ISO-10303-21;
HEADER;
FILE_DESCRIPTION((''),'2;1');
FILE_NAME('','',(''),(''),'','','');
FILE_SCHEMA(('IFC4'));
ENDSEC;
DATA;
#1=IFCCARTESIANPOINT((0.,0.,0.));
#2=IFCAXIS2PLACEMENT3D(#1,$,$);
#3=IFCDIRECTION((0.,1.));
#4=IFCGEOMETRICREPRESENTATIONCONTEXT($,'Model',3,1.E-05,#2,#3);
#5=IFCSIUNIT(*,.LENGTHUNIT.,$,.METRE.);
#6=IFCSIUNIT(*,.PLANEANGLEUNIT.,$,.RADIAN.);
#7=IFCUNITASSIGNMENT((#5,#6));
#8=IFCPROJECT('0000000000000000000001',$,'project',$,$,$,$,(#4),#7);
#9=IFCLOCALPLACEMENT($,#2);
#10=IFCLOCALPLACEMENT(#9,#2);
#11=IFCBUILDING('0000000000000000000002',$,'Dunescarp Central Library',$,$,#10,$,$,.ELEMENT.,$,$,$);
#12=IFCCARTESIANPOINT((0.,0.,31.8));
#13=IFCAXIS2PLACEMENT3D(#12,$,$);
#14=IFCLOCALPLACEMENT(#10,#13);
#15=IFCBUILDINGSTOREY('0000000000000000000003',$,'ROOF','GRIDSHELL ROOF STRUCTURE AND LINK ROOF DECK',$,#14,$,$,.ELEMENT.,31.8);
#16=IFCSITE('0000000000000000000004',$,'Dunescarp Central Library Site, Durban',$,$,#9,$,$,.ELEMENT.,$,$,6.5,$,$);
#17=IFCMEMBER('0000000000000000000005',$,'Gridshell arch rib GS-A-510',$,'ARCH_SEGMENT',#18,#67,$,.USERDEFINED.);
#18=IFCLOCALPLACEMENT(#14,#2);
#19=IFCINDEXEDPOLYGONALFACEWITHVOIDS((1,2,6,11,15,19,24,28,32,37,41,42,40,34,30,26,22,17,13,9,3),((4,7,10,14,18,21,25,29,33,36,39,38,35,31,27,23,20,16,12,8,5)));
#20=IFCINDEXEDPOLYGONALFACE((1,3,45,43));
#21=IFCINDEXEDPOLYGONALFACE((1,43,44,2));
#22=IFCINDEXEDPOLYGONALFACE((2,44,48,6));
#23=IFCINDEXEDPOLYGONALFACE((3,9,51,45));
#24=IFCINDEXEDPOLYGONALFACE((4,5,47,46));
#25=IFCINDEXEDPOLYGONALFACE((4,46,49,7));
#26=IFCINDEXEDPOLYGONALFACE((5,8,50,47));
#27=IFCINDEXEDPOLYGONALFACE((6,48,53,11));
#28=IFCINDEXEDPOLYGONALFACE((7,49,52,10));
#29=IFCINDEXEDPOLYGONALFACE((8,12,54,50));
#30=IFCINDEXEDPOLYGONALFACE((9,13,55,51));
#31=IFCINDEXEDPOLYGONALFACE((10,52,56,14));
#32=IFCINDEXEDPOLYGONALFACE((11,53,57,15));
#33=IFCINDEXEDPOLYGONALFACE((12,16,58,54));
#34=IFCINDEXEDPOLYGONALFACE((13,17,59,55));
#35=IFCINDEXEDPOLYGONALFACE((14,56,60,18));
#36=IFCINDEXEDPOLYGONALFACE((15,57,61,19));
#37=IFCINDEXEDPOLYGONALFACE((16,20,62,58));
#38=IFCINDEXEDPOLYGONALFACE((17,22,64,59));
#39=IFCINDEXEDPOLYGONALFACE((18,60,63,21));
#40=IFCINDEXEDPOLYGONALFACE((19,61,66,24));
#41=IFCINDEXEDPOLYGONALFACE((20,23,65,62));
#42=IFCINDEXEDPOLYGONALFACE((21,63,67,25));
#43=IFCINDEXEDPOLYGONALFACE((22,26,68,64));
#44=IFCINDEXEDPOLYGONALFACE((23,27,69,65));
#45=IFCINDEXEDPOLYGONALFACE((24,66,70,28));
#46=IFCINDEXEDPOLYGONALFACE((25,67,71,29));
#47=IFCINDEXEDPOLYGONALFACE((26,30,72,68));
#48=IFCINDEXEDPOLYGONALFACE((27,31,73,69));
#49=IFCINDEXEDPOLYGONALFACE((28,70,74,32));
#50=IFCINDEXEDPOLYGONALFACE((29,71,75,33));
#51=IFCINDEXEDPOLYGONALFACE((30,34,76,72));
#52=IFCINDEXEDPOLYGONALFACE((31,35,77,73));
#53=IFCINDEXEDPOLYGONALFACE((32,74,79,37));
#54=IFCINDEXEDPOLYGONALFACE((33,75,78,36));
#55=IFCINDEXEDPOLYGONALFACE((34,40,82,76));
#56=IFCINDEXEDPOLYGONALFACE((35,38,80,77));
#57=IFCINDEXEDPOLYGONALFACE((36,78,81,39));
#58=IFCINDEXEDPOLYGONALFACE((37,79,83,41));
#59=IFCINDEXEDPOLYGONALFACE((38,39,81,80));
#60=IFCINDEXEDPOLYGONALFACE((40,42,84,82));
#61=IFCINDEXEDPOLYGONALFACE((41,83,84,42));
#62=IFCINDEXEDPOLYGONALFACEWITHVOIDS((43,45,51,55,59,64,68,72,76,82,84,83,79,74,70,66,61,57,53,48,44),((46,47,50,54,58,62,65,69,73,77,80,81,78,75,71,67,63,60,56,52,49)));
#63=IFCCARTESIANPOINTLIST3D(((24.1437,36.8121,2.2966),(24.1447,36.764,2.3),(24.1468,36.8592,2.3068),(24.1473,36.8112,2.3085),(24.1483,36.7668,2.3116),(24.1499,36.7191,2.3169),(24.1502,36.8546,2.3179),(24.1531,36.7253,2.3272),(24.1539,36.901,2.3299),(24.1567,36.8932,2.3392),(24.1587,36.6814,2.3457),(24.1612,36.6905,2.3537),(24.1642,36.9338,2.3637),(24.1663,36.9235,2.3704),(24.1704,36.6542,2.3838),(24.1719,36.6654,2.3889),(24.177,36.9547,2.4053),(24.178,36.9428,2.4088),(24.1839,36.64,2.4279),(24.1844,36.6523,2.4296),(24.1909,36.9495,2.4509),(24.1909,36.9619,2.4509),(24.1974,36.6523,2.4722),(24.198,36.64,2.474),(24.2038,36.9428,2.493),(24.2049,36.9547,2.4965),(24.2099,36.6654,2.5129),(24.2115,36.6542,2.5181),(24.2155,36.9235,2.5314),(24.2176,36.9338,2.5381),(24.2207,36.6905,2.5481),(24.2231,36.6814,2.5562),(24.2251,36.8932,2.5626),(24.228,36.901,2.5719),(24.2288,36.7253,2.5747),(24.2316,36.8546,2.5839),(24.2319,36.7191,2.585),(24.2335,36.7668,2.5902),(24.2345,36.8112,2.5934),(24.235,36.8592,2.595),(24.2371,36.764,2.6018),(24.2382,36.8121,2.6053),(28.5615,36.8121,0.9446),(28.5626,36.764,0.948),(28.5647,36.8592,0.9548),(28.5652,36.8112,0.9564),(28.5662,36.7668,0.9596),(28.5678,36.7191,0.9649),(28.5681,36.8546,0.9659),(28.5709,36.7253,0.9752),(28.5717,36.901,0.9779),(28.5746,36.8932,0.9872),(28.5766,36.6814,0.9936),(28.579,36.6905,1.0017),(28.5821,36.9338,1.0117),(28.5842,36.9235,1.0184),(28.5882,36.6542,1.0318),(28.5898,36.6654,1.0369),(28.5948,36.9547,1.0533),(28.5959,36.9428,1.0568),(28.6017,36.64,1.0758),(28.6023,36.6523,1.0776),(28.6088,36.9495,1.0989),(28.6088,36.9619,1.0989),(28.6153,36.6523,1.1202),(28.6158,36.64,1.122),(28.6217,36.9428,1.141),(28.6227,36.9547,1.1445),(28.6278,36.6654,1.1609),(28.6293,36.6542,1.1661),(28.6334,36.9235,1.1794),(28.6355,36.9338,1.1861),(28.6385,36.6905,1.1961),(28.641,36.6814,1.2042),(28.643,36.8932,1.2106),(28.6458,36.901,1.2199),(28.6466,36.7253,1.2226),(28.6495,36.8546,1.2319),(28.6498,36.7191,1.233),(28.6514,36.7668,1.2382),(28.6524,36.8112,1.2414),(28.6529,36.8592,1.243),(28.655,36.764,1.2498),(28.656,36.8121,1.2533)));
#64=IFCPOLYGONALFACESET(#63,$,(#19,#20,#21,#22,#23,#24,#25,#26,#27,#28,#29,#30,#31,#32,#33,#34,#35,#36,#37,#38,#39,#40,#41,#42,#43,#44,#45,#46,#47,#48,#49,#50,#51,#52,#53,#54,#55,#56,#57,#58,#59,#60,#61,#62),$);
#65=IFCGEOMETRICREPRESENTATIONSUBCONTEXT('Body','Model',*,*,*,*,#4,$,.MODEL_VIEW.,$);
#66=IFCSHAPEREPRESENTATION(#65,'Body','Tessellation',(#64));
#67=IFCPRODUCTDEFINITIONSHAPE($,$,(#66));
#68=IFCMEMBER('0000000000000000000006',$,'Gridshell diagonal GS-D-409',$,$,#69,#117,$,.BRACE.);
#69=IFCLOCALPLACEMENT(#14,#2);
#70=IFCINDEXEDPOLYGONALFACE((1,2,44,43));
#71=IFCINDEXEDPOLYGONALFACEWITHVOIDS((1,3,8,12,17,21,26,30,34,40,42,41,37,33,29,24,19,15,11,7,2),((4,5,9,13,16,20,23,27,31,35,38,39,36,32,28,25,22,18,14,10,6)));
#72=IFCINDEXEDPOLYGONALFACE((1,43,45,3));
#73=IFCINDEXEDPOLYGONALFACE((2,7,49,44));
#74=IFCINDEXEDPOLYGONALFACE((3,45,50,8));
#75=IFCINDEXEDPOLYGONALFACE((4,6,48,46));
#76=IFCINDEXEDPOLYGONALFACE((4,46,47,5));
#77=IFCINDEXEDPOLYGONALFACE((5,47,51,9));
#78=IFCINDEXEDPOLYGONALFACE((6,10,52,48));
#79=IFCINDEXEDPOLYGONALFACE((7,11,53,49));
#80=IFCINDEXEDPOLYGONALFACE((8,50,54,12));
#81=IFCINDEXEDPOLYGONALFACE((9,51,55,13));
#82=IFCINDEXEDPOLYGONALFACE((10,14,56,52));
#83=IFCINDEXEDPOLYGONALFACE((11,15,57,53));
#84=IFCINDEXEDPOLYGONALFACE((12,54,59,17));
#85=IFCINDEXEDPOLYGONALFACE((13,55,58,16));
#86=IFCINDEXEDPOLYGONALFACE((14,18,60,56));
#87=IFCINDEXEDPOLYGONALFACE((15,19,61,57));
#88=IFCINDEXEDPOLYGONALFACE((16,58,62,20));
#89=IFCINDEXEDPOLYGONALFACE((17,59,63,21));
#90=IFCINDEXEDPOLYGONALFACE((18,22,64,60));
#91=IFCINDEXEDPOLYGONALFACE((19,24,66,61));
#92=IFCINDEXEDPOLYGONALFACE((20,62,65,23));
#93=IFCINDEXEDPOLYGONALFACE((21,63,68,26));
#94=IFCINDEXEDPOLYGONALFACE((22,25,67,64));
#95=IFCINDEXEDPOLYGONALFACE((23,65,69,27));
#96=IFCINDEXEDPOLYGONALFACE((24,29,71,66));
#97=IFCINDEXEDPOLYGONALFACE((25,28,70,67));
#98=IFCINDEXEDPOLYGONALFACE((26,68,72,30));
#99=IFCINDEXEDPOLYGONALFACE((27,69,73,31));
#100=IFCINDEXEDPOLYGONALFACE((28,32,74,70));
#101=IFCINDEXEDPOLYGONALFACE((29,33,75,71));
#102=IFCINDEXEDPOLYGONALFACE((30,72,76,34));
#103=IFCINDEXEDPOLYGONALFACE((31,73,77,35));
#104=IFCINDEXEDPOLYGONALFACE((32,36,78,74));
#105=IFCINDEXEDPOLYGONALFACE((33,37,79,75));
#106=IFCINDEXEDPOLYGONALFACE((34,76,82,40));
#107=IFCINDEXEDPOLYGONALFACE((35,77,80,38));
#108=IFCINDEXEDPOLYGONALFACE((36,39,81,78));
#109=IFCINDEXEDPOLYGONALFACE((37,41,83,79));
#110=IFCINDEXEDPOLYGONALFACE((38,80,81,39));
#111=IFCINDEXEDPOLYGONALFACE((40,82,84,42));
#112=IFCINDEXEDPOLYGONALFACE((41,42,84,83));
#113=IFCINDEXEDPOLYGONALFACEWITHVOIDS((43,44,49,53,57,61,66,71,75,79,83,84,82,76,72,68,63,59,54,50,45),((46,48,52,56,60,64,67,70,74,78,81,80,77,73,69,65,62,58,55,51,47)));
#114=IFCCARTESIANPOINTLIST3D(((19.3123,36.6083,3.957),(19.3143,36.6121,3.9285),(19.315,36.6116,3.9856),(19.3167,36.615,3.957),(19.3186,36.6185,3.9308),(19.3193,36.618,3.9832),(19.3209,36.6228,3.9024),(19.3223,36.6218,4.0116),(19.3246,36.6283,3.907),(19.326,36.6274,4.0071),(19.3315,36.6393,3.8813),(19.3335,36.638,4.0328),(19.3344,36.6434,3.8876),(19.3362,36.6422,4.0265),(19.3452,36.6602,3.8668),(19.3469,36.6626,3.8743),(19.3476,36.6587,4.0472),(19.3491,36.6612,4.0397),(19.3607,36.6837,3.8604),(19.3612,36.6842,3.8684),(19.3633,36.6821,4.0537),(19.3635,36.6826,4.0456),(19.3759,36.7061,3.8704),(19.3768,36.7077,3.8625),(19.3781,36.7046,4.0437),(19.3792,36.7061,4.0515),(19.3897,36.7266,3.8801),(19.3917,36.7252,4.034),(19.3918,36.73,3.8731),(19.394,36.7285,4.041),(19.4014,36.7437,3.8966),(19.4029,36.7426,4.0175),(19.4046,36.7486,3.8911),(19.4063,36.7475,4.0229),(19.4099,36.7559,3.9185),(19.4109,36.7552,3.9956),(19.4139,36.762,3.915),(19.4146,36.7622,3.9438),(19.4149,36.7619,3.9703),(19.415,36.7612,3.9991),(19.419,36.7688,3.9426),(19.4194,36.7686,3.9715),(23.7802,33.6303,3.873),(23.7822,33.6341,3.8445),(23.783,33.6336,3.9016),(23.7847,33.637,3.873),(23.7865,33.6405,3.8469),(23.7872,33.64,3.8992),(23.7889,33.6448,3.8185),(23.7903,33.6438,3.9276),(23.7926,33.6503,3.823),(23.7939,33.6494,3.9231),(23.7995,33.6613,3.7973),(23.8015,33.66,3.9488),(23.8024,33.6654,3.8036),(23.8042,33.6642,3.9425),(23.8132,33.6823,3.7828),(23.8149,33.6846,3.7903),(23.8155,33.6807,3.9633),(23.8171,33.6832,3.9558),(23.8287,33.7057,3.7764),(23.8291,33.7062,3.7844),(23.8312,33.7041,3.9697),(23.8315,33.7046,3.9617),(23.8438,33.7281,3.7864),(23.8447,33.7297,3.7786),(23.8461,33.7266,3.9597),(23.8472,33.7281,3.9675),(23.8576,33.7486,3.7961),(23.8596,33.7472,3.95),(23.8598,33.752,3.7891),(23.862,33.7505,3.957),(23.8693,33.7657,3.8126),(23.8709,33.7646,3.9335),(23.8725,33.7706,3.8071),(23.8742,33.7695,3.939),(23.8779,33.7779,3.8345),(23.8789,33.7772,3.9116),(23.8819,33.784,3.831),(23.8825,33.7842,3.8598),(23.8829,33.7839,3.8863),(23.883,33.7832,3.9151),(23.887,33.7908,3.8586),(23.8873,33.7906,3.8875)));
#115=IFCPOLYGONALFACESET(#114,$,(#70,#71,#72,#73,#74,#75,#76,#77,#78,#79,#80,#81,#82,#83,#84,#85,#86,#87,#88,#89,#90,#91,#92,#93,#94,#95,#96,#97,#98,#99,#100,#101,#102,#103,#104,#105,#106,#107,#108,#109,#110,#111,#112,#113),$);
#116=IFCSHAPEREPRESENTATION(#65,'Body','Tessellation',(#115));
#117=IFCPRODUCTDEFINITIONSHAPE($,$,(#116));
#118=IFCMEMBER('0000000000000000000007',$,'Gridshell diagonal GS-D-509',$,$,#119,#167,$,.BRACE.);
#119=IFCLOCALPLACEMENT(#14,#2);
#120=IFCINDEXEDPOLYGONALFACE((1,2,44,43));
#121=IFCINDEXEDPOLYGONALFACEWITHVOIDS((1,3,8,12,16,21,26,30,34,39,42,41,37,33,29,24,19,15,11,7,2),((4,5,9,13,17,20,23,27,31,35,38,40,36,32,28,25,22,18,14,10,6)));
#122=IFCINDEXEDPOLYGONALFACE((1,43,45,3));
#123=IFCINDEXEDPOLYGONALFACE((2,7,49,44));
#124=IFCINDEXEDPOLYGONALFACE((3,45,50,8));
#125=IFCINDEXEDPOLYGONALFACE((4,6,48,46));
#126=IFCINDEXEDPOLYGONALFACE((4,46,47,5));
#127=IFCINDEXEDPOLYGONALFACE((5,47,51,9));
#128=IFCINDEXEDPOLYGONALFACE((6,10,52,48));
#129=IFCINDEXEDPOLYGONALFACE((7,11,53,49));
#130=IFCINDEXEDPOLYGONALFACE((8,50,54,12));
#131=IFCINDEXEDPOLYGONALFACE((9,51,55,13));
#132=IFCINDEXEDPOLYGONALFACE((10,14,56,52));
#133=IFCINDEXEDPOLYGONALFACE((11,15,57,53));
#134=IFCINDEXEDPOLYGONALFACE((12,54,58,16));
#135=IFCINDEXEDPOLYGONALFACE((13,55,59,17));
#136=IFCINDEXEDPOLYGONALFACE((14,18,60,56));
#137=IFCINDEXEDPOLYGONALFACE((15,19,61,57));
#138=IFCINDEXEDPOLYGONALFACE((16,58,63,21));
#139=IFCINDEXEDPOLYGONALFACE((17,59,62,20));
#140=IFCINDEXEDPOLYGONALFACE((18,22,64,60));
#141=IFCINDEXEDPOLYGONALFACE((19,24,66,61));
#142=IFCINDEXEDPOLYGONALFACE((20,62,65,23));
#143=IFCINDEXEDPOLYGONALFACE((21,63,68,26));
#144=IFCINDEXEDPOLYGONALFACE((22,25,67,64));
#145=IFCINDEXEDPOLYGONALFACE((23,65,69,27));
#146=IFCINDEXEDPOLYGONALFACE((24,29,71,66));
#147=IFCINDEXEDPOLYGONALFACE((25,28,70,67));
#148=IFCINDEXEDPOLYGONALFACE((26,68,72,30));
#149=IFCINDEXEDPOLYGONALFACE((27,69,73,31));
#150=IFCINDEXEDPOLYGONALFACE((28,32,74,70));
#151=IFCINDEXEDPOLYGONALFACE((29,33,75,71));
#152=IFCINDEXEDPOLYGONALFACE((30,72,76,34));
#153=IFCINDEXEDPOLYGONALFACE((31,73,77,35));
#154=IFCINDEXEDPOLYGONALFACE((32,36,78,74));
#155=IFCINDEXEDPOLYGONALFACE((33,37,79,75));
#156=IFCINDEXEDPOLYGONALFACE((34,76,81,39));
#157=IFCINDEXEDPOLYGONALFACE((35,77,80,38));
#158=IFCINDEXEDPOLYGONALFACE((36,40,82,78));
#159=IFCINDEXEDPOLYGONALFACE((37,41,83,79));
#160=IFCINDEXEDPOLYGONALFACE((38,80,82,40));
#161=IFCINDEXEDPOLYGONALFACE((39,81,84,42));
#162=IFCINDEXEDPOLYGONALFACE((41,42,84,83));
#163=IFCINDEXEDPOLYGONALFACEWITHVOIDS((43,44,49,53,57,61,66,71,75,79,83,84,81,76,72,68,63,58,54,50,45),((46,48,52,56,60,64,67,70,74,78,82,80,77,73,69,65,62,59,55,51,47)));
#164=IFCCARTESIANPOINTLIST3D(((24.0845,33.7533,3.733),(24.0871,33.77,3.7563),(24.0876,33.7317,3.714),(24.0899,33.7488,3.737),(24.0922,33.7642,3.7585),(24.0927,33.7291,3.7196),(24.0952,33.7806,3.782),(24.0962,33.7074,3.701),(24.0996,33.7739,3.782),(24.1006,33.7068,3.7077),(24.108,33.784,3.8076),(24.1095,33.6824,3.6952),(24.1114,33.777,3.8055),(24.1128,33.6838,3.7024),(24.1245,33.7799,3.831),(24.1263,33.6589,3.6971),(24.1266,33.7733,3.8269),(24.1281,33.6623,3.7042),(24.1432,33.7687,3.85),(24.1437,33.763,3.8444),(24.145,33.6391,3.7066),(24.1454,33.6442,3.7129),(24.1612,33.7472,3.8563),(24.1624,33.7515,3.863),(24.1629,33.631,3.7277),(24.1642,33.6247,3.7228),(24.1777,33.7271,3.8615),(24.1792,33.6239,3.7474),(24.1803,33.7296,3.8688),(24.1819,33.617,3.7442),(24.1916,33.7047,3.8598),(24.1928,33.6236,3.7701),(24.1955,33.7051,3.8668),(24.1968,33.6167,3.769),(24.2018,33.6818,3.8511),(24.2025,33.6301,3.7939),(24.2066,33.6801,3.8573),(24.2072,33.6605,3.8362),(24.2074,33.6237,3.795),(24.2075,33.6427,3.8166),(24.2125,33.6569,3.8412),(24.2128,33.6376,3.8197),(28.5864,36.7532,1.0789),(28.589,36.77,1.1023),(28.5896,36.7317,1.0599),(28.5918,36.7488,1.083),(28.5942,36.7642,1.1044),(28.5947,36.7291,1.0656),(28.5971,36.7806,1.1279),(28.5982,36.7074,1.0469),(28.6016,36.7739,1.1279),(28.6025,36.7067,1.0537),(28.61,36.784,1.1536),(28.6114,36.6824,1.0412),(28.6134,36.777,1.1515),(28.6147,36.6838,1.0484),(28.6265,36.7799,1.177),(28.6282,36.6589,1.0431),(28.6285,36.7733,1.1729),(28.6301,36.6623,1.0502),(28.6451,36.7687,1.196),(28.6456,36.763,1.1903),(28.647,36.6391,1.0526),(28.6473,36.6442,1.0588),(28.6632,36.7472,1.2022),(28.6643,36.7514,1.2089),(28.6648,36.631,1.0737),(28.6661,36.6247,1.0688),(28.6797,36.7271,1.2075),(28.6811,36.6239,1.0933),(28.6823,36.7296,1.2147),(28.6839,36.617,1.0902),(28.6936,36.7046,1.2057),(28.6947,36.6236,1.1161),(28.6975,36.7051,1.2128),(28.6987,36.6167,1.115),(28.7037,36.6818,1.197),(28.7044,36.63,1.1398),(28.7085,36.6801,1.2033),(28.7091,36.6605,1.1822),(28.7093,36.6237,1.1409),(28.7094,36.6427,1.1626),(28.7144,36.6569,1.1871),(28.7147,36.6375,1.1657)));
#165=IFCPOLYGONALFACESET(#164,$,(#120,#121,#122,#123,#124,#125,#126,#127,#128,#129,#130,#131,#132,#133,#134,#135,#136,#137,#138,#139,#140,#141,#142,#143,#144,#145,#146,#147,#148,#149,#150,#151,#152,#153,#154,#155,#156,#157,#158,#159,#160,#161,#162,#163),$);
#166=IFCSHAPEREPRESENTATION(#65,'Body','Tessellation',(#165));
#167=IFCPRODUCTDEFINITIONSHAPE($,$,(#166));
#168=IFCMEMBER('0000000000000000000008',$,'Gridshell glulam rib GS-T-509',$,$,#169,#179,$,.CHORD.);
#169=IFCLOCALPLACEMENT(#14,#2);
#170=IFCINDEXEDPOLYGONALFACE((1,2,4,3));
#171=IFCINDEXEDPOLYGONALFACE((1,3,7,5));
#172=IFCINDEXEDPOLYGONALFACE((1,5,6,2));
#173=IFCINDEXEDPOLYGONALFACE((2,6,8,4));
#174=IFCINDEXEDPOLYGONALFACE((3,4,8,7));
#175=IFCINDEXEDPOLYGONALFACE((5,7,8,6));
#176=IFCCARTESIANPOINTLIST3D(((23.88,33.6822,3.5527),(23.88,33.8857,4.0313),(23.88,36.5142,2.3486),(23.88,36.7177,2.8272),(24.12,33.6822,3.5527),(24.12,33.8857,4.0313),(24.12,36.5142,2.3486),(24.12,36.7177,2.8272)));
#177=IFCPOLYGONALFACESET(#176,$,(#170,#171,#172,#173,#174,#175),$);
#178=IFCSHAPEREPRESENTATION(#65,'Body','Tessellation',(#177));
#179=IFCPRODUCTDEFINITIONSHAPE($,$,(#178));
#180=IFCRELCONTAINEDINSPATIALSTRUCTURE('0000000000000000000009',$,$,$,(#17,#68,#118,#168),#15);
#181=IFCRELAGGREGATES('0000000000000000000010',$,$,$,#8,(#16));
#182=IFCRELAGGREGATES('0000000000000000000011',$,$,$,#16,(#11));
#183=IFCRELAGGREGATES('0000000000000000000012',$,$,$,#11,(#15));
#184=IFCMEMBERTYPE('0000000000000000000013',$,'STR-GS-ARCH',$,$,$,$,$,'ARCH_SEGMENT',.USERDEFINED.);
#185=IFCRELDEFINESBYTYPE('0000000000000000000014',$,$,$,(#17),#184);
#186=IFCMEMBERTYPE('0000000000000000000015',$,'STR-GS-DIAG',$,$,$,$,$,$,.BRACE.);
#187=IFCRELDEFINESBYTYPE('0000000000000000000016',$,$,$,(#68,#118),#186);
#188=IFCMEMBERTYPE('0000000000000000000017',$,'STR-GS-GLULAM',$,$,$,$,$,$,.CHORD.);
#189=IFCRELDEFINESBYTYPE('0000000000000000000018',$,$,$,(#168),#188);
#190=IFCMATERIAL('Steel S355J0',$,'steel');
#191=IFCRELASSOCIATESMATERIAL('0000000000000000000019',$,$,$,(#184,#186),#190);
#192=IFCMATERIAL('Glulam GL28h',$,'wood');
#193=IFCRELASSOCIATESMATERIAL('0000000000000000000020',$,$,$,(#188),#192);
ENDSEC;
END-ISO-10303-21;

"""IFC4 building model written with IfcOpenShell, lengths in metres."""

from ifc_helpers import new_model, si_unit, direction, frame, origin, origin_2d, place, context, subcontext, project, spatial, rectangle, hollow_circle, extrude, material, material_profile, profile_set, type_object, element, save


model = new_model("IFC4")

# Units and contexts
model_context = context("Model", 3, precision=1e-05, world=origin(), true_north=direction((0.0, 1.0)))
body_context = subcontext(model_context, "Body", "Model", "MODEL_VIEW")
ifc_project = project(units=[si_unit("LENGTHUNIT", "METRE"), si_unit("PLANEANGLEUNIT", "RADIAN")], contexts=[model_context])

# Site, building, storey
site_placement = place(None, origin())
site = spatial("IfcSite", under=ifc_project, at=site_placement, Name="Dunescarp Central Library Site, Durban", CompositionType="ELEMENT", RefElevation=6.5)
building_placement = place(site_placement, origin())
building = spatial("IfcBuilding", under=site, at=building_placement, Name="Dunescarp Central Library", CompositionType="ELEMENT")
storey_placement = place(building_placement, frame((0.0, 0.0, 31.8)))
storey = spatial("IfcBuildingStorey", under=building, at=storey_placement, Name="ROOF", Description="GRIDSHELL ROOF STRUCTURE AND LINK ROOF DECK", CompositionType="ELEMENT", Elevation=31.8)

# Members
ifc_material_1 = material(Name="Steel S355J0", Category="steel")
ifc_material_profile_1 = material_profile(ifc_material_1, hollow_circle(Radius=0.1619, WallThickness=0.0125, at=origin_2d()), Name="CHS 323.9x12.5")
ifc_profile_set_1 = profile_set([ifc_material_profile_1], Name="Steel S355J0")
member_type_1 = type_object("IfcMemberType", Name="STR-GS-ARCH", ElementType="ARCH_SEGMENT", PredefinedType="USERDEFINED", material=ifc_profile_set_1)
member_1_placement = place(storey_placement, frame((24.1909, 36.8, 2.4509), z_axis=(0.956223, 0.0, -0.292637), x_axis=(0.0, 1.0, 0.0)))
element("IfcMember", 1, at=member_1_placement, inside=storey, type_object=member_type_1, Name="Gridshell arch rib GS-A-510", ObjectType="ARCH_SEGMENT", PredefinedType="USERDEFINED", context=body_context, shape_type="SweptSolid", body=[
    extrude(hollow_circle(Radius=0.1619, WallThickness=0.0125, at=origin_2d()), origin(), (0.0, 0.0, 1.0), 4.6201),
])
ifc_material_profile_2 = material_profile(ifc_material_1, hollow_circle(Radius=0.0969, WallThickness=0.0081, at=origin_2d()), Name="CHS 193.7x8")
ifc_profile_set_2 = profile_set([ifc_material_profile_2], Name="Steel S355J0")
member_type_2 = type_object("IfcMemberType", Name="STR-GS-DIAG", PredefinedType="BRACE", material=ifc_profile_set_2)
member_2_placement = place(storey_placement, frame((23.834, 33.7109, 3.873), z_axis=(-0.832004, 0.554548, 0.015639), x_axis=(-0.554616, -0.832106, 0.0)))
element("IfcMember", 2, at=member_2_placement, inside=storey, type_object=member_type_2, Name="Gridshell diagonal GS-D-409", PredefinedType="BRACE", context=body_context, shape_type="SweptSolid", body=[
    extrude(hollow_circle(Radius=0.0969, WallThickness=0.0081, at=origin_2d()), origin(), (0.0, 0.0, 1.0), 5.3701),
])
member_3_placement = place(storey_placement, frame((24.1489, 33.7, 3.782), z_axis=(0.747099, 0.49785, -0.44044), x_axis=(-0.554534, 0.832161, 0.0)))
element("IfcMember", 3, at=member_3_placement, inside=storey, type_object=member_type_2, Name="Gridshell diagonal GS-D-509", PredefinedType="BRACE", context=body_context, shape_type="SweptSolid", body=[
    extrude(hollow_circle(Radius=0.0969, WallThickness=0.0081, at=origin_2d()), origin(), (0.0, 0.0, 1.0), 6.0259),
])
ifc_material_2 = material(Name="Glulam GL28h", Category="wood")
ifc_material_profile_3 = material_profile(ifc_material_2, rectangle(XDim=0.24, YDim=0.52, at=origin_2d()), Name="GL28h 240x520")
ifc_profile_set_3 = profile_set([ifc_material_profile_3], Name="Glulam GL28h")
member_type_3 = type_object("IfcMemberType", Name="STR-GS-GLULAM", PredefinedType="CHORD", material=ifc_profile_set_3)
member_4_placement = place(storey_placement, frame((24.0, 33.7839, 3.792), z_axis=(0.0, 0.920274, -0.391275), x_axis=(-1.0, 0.0, 0.0)))
element("IfcMember", 4, at=member_4_placement, inside=storey, type_object=member_type_3, Name="Gridshell glulam rib GS-T-509", PredefinedType="CHORD", context=body_context, shape_type="SweptSolid", body=[
    extrude(rectangle(XDim=0.24, YDim=0.52, at=origin_2d()), origin(), (0.0, 0.0, 1.0), 3.0774),
])

save(model, "model.ifc")
